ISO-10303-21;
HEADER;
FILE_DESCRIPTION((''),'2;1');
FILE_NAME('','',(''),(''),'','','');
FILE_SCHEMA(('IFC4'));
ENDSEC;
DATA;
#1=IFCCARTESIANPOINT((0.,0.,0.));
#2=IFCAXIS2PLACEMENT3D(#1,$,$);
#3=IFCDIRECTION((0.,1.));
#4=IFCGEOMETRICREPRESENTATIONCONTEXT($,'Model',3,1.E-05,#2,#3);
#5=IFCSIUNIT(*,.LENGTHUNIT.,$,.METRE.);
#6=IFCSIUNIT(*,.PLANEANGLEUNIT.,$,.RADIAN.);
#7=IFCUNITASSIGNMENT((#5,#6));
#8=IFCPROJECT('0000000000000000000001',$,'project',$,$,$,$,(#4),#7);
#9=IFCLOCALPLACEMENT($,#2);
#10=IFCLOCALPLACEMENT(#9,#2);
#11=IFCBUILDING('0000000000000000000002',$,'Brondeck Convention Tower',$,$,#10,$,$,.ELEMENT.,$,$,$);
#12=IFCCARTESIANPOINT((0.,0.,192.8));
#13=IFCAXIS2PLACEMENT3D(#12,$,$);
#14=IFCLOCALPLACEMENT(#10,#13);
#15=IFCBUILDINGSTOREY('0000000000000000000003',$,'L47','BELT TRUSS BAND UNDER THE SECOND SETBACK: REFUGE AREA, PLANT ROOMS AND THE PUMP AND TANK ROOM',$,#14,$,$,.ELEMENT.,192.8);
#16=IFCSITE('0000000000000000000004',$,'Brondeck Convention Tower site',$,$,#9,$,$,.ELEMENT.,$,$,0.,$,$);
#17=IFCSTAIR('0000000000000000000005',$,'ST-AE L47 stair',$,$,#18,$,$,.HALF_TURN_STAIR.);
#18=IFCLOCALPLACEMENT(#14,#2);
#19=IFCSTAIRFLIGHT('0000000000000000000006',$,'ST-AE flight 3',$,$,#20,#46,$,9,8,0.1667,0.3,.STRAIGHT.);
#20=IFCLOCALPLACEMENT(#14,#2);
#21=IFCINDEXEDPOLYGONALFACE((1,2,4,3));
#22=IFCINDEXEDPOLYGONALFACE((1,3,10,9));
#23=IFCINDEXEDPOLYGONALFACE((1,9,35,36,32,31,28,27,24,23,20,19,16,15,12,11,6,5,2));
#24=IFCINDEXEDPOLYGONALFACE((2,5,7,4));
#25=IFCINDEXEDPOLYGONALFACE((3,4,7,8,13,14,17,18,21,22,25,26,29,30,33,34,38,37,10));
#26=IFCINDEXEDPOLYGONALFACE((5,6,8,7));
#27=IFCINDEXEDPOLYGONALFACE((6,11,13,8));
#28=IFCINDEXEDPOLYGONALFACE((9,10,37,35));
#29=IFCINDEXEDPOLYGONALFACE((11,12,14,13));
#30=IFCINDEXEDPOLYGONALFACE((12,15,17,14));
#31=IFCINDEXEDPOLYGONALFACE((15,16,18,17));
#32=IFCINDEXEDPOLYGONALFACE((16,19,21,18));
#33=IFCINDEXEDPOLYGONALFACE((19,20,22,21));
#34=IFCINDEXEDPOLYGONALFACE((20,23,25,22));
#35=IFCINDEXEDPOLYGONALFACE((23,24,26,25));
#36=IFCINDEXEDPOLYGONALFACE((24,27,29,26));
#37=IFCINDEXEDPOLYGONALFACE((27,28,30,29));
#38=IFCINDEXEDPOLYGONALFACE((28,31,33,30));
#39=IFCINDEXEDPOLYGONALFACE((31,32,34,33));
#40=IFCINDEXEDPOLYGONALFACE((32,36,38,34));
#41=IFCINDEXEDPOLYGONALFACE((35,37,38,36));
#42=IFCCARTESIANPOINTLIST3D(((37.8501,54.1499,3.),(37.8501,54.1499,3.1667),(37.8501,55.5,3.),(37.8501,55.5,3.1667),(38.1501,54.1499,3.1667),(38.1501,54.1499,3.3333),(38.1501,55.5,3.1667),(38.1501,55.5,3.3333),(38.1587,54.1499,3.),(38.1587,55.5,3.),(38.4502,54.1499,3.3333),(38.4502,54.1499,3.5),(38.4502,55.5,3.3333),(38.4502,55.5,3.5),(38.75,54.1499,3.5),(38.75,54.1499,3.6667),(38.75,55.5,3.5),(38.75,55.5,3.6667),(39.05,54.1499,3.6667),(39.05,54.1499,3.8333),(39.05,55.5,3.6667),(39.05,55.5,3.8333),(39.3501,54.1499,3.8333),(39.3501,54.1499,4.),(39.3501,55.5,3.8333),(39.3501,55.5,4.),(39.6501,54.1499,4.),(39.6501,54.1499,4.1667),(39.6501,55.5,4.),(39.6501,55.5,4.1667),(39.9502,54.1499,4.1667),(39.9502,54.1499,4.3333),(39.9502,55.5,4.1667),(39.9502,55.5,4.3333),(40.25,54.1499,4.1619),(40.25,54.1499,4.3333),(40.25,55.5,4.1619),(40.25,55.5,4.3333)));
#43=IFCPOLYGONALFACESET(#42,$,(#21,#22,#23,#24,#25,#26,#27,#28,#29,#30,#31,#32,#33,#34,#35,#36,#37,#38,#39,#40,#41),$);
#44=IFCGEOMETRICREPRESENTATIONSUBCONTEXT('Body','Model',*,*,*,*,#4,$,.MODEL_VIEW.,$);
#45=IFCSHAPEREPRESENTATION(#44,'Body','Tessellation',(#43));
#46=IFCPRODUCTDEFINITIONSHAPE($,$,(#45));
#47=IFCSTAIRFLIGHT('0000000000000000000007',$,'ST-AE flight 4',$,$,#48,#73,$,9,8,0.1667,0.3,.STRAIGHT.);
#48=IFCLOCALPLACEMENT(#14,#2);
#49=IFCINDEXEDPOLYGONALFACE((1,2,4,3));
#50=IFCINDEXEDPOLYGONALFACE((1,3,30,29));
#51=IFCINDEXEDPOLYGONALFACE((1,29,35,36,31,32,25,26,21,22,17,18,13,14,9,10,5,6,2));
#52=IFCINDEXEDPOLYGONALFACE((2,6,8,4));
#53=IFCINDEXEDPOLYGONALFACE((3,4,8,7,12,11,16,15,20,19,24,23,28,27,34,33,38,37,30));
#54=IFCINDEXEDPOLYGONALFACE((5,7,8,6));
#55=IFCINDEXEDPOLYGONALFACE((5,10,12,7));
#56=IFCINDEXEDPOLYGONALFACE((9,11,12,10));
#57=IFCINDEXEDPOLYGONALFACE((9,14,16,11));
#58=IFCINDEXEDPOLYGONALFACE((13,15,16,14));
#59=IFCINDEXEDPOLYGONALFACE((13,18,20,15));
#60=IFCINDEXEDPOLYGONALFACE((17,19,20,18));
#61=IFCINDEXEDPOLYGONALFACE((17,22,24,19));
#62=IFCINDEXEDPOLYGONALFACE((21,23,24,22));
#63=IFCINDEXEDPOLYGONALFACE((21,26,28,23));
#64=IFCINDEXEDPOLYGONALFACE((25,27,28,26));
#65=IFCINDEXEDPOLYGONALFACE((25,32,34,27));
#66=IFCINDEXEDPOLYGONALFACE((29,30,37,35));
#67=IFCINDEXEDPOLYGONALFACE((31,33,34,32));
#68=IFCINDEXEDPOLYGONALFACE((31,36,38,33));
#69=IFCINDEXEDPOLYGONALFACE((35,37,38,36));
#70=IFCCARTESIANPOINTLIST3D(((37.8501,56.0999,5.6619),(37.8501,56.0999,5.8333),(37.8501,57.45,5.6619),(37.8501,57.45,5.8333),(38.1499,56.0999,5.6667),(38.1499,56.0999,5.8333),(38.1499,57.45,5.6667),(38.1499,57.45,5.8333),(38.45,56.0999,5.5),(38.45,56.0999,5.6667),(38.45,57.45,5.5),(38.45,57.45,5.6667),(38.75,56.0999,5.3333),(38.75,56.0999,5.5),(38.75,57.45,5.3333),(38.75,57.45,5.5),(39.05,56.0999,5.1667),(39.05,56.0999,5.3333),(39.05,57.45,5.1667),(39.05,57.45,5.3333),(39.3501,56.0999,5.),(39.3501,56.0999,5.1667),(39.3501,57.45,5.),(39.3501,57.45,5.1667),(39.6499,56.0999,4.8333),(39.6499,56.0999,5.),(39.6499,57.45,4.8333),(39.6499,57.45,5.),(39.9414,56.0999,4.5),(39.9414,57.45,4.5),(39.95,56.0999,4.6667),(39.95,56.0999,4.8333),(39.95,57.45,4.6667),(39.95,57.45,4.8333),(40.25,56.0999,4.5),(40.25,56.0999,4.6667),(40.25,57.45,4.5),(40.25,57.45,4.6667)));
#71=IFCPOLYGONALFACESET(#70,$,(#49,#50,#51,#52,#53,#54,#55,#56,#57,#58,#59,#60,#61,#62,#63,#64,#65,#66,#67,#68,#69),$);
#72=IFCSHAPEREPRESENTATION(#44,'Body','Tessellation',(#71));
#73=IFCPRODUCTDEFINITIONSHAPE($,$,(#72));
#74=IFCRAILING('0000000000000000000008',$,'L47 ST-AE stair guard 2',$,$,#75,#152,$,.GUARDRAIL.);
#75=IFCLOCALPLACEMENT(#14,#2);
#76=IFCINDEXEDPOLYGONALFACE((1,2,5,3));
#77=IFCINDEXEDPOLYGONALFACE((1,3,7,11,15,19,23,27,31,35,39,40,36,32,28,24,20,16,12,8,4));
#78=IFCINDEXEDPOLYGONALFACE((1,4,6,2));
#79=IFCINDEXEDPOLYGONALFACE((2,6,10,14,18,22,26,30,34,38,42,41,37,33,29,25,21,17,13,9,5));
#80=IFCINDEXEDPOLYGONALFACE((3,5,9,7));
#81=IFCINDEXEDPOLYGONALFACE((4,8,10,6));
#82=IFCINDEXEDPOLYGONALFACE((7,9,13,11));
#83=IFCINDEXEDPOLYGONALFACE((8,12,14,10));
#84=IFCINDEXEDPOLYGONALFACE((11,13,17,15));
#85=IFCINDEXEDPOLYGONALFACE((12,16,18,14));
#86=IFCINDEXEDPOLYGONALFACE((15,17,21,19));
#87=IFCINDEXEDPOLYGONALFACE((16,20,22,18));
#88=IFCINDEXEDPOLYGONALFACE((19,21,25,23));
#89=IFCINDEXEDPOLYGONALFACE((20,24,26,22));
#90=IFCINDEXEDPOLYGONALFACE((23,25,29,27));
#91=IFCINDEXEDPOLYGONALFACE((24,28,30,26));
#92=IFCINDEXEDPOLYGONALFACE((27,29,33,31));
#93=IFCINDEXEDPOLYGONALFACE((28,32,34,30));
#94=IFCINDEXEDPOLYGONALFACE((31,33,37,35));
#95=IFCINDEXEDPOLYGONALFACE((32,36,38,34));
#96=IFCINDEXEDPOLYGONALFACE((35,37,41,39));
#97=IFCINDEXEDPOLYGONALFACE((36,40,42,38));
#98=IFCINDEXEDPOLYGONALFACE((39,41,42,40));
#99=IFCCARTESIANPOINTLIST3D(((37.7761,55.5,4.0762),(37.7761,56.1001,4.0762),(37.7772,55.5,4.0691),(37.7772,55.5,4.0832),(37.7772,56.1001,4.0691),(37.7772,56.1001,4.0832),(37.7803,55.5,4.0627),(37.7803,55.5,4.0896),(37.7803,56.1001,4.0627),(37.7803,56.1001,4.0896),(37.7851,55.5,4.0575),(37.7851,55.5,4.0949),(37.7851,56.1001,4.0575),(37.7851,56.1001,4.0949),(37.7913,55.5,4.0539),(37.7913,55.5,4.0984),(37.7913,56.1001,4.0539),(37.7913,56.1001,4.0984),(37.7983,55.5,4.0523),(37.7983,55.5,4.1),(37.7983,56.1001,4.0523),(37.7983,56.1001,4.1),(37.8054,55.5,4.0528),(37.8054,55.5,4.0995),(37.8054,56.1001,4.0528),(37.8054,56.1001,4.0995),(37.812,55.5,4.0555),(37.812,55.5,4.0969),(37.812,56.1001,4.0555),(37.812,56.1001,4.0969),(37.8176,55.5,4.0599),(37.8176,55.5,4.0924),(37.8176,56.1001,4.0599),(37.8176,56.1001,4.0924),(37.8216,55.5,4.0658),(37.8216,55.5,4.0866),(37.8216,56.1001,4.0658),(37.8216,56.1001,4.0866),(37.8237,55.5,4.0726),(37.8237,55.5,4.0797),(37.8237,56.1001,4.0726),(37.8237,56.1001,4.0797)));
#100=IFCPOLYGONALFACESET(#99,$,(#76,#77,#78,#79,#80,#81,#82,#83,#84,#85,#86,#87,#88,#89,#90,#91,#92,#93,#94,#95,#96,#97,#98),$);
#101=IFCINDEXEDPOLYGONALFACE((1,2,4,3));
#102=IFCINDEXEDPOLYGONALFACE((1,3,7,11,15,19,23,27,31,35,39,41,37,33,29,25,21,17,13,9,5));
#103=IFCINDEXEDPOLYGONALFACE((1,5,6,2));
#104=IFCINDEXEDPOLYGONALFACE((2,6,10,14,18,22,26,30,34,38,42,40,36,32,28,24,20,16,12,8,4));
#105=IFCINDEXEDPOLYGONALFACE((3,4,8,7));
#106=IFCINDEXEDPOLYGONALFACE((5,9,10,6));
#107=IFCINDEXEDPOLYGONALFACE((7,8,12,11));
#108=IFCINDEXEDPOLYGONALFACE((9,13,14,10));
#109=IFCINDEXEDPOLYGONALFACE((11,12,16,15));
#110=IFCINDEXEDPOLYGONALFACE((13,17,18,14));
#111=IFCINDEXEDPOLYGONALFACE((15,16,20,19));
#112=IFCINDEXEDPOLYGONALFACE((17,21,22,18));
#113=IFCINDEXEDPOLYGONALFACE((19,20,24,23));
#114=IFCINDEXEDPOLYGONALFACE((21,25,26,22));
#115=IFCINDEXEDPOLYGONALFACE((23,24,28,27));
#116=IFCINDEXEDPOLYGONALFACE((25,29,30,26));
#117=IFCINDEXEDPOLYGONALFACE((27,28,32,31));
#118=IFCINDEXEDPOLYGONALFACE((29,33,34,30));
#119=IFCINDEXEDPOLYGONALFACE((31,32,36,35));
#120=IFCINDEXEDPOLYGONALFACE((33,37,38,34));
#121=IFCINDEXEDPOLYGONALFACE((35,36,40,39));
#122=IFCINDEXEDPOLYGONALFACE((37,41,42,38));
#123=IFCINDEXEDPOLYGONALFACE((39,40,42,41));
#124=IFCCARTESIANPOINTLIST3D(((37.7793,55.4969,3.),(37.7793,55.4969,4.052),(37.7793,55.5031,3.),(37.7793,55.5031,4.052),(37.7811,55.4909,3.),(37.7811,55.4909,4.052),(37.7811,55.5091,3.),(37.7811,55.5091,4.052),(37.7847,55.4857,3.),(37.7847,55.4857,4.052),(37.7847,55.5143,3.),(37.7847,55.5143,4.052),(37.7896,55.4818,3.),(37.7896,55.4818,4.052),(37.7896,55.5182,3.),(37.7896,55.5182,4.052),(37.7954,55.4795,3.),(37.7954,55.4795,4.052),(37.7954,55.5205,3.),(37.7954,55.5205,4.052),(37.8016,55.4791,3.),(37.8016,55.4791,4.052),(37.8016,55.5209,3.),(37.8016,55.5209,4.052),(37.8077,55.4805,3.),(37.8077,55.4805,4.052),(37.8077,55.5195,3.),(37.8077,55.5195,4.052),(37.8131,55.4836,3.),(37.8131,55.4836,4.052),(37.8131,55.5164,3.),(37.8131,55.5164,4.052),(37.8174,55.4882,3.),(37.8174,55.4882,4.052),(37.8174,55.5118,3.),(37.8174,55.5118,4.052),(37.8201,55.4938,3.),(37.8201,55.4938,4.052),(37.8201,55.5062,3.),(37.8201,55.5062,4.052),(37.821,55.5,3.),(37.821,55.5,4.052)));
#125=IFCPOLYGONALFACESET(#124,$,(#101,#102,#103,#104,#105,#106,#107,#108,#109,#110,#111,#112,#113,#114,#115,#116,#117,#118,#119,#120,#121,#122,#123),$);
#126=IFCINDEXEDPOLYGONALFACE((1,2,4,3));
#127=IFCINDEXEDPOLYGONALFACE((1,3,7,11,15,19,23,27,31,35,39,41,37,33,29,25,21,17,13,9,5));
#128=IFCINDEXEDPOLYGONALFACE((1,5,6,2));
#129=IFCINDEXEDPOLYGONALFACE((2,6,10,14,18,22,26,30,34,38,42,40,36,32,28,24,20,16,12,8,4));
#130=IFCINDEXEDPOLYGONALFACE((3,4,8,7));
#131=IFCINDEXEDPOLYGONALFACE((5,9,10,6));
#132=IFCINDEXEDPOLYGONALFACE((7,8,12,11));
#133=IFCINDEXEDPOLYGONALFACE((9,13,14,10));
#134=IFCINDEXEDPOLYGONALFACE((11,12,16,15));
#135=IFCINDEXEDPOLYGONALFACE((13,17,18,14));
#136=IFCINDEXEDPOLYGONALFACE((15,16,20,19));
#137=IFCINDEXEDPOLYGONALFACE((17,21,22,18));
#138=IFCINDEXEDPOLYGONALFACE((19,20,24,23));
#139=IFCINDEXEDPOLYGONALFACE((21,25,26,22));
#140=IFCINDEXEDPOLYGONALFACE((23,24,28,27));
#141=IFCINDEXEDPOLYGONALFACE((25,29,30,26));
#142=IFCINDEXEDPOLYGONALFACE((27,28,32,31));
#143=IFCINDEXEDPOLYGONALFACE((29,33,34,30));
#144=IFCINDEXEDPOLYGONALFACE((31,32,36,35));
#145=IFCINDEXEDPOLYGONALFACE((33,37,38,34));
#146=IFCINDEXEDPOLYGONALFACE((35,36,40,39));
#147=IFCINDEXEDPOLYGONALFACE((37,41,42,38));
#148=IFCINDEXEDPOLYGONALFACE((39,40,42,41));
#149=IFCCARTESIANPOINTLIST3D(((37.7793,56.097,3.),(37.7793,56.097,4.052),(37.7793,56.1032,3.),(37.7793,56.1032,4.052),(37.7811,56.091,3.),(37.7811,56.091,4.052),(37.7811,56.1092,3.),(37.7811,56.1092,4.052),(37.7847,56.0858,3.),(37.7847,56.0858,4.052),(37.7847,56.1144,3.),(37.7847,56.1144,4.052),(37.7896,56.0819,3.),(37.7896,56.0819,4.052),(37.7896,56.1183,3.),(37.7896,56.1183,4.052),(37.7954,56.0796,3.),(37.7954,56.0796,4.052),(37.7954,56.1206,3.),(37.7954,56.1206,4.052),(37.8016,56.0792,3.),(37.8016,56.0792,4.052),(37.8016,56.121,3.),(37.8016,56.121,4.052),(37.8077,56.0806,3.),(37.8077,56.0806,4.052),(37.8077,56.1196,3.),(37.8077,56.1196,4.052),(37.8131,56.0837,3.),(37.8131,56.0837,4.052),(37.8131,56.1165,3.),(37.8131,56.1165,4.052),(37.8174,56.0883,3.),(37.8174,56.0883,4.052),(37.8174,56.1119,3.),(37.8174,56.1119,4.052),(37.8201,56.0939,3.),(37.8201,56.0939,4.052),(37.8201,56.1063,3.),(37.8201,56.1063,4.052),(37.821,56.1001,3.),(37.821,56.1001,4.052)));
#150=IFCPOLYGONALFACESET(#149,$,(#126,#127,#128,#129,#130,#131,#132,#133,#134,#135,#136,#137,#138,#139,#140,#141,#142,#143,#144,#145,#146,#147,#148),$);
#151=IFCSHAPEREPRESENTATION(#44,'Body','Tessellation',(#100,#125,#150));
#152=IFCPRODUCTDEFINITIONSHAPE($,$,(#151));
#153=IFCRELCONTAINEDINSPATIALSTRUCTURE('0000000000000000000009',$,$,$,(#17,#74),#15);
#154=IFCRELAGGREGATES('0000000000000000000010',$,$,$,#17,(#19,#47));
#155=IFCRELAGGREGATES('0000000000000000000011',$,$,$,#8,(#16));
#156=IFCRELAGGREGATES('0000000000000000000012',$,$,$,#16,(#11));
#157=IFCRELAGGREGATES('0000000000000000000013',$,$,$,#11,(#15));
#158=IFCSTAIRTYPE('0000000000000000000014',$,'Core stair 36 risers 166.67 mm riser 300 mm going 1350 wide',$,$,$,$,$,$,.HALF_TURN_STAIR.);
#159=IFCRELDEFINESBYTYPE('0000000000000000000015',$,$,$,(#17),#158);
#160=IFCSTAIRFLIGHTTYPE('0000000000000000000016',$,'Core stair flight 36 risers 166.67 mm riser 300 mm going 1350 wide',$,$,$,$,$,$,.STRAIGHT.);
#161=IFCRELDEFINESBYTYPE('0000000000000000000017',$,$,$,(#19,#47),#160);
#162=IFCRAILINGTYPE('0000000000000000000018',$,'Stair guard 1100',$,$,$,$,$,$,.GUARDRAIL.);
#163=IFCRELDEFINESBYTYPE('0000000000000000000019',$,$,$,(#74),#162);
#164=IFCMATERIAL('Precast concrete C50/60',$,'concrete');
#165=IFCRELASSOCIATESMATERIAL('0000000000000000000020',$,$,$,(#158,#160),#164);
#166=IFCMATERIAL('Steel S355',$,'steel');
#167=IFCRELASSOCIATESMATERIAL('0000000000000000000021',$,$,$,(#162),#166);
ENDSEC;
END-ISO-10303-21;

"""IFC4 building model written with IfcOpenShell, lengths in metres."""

from ifc_helpers import new_model, si_unit, direction, frame, origin, origin_2d, place, context, subcontext, project, spatial, polyline, circle, outline, extrude, material, type_object, element, aggregate, save


model = new_model("IFC4")

# Units and contexts
model_context = context("Model", 3, precision=1e-05, world=origin(), true_north=direction((0.0, 1.0)))
body_context = subcontext(model_context, "Body", "Model", "MODEL_VIEW")
ifc_project = project(units=[si_unit("LENGTHUNIT", "METRE"), si_unit("PLANEANGLEUNIT", "RADIAN")], contexts=[model_context])

# Site, building, storey
site_placement = place(None, origin())
site = spatial("IfcSite", under=ifc_project, at=site_placement, Name="Brondeck Convention Tower site", CompositionType="ELEMENT", RefElevation=0.0)
building_placement = place(site_placement, origin())
building = spatial("IfcBuilding", under=site, at=building_placement, Name="Brondeck Convention Tower", CompositionType="ELEMENT")
storey_placement = place(building_placement, frame((0.0, 0.0, 192.8)))
storey = spatial("IfcBuildingStorey", under=building, at=storey_placement, Name="L47", Description="BELT TRUSS BAND UNDER THE SECOND SETBACK: REFUGE AREA, PLANT ROOMS AND THE PUMP AND TANK ROOM", CompositionType="ELEMENT", Elevation=192.8)

# Shared definitions
ifc_material_1 = material(Name="Steel S355", Category="steel")

# Stair, stair flights
ifc_material_2 = material(Name="Precast concrete C50/60", Category="concrete")
stair_type = type_object("IfcStairType", Name="Core stair 36 risers 166.67 mm riser 300 mm going 1350 wide", PredefinedType="HALF_TURN_STAIR", material=ifc_material_2)
stair_placement = place(storey_placement, origin())
stair = element("IfcStair", 1, at=stair_placement, inside=storey, type_object=stair_type, Name="ST-AE L47 stair", PredefinedType="HALF_TURN_STAIR")
stair_flight_type = type_object("IfcStairFlightType", Name="Core stair flight 36 risers 166.67 mm riser 300 mm going 1350 wide", PredefinedType="STRAIGHT", material=ifc_material_2)
stair_flight_1_placement = place(storey_placement, frame((37.8501, 54.825, 3.0), z_axis=(0.0, 0.0, 1.0), x_axis=(1.0, 0.0, 0.0)))
stair_flight_1 = element("IfcStairFlight", 2, at=stair_flight_1_placement, type_object=stair_flight_type, Name="ST-AE flight 3", NumberOfRisers=9, NumberOfTreads=8, PredefinedType="STRAIGHT", RiserHeight=0.1667, TreadLength=0.3, context=body_context, shape_type="SweptSolid", body=[
    extrude(outline(polyline([(0.0, 0.0), (0.0, 0.1667), (0.3, 0.1667), (0.3, 0.3333), (0.6001, 0.3333), (0.6001, 0.5), (0.8999, 0.5), (0.8999, 0.6667), (1.2, 0.6667), (1.2, 0.8333), (1.5, 0.8333), (1.5, 1.0), (1.8, 1.0), (1.8, 1.1667), (2.1001, 1.1667), (2.1001, 1.3333), (2.3999, 1.3333), (2.3999, 1.5), (2.3999, 1.1619), (0.3086, 0.0), (0.0, 0.0)])), frame((0.0, 0.675, 0.0), z_axis=(0.0, -1.0, 0.0), x_axis=(1.0, 0.0, 0.0)), (0.0, 0.0, 1.0), 1.3501),
])
stair_flight_2_placement = place(storey_placement, frame((40.25, 56.7749, 4.5), z_axis=(0.0, 0.0, 1.0), x_axis=(-1.0, 0.0, 0.0)))
stair_flight_2 = element("IfcStairFlight", 3, at=stair_flight_2_placement, type_object=stair_flight_type, Name="ST-AE flight 4", NumberOfRisers=9, NumberOfTreads=8, PredefinedType="STRAIGHT", RiserHeight=0.1667, TreadLength=0.3, context=body_context, shape_type="SweptSolid", body=[
    extrude(outline(polyline([(0.0, 0.0), (0.0, 0.1667), (0.3, 0.1667), (0.3, 0.3333), (0.6001, 0.3333), (0.6001, 0.5), (0.8999, 0.5), (0.8999, 0.6667), (1.2, 0.6667), (1.2, 0.8333), (1.5, 0.8333), (1.5, 1.0), (1.8, 1.0), (1.8, 1.1667), (2.1001, 1.1667), (2.1001, 1.3333), (2.3999, 1.3333), (2.3999, 1.5), (2.3999, 1.1619), (0.3086, 0.0), (0.0, 0.0)])), frame((0.0, 0.675, 0.0), z_axis=(0.0, -1.0, 0.0), x_axis=(1.0, 0.0, 0.0)), (0.0, 0.0, 1.0), 1.3501),
])
aggregate(stair, [stair_flight_1, stair_flight_2])

# Railing
railing_type_1 = type_object("IfcRailingType", Name="Stair guard 1100", PredefinedType="GUARDRAIL", material=ifc_material_1)
railing_1_placement = place(storey_placement, frame((37.8, 55.5, 3.0)))
element("IfcRailing", 4, at=railing_1_placement, inside=storey, type_object=railing_type_1, Name="L47 ST-AE stair guard 2", PredefinedType="GUARDRAIL", context=body_context, shape_type="SweptSolid", body=[
    extrude(circle(Radius=0.0239, at=origin_2d()), frame((0.0, 0.0, 1.0762), z_axis=(0.0, 1.0, 0.0), x_axis=(-1.0, 0.0, 0.0)), (0.0, 0.0, 1.0), 0.6001),
    extrude(circle(Radius=0.021, at=origin_2d()), origin(), (0.0, 0.0, 1.0), 1.052),
    extrude(circle(Radius=0.021, at=origin_2d()), frame((0.0, 0.6001, 0.0)), (0.0, 0.0, 1.0), 1.052),
])

save(model, "model.ifc")
